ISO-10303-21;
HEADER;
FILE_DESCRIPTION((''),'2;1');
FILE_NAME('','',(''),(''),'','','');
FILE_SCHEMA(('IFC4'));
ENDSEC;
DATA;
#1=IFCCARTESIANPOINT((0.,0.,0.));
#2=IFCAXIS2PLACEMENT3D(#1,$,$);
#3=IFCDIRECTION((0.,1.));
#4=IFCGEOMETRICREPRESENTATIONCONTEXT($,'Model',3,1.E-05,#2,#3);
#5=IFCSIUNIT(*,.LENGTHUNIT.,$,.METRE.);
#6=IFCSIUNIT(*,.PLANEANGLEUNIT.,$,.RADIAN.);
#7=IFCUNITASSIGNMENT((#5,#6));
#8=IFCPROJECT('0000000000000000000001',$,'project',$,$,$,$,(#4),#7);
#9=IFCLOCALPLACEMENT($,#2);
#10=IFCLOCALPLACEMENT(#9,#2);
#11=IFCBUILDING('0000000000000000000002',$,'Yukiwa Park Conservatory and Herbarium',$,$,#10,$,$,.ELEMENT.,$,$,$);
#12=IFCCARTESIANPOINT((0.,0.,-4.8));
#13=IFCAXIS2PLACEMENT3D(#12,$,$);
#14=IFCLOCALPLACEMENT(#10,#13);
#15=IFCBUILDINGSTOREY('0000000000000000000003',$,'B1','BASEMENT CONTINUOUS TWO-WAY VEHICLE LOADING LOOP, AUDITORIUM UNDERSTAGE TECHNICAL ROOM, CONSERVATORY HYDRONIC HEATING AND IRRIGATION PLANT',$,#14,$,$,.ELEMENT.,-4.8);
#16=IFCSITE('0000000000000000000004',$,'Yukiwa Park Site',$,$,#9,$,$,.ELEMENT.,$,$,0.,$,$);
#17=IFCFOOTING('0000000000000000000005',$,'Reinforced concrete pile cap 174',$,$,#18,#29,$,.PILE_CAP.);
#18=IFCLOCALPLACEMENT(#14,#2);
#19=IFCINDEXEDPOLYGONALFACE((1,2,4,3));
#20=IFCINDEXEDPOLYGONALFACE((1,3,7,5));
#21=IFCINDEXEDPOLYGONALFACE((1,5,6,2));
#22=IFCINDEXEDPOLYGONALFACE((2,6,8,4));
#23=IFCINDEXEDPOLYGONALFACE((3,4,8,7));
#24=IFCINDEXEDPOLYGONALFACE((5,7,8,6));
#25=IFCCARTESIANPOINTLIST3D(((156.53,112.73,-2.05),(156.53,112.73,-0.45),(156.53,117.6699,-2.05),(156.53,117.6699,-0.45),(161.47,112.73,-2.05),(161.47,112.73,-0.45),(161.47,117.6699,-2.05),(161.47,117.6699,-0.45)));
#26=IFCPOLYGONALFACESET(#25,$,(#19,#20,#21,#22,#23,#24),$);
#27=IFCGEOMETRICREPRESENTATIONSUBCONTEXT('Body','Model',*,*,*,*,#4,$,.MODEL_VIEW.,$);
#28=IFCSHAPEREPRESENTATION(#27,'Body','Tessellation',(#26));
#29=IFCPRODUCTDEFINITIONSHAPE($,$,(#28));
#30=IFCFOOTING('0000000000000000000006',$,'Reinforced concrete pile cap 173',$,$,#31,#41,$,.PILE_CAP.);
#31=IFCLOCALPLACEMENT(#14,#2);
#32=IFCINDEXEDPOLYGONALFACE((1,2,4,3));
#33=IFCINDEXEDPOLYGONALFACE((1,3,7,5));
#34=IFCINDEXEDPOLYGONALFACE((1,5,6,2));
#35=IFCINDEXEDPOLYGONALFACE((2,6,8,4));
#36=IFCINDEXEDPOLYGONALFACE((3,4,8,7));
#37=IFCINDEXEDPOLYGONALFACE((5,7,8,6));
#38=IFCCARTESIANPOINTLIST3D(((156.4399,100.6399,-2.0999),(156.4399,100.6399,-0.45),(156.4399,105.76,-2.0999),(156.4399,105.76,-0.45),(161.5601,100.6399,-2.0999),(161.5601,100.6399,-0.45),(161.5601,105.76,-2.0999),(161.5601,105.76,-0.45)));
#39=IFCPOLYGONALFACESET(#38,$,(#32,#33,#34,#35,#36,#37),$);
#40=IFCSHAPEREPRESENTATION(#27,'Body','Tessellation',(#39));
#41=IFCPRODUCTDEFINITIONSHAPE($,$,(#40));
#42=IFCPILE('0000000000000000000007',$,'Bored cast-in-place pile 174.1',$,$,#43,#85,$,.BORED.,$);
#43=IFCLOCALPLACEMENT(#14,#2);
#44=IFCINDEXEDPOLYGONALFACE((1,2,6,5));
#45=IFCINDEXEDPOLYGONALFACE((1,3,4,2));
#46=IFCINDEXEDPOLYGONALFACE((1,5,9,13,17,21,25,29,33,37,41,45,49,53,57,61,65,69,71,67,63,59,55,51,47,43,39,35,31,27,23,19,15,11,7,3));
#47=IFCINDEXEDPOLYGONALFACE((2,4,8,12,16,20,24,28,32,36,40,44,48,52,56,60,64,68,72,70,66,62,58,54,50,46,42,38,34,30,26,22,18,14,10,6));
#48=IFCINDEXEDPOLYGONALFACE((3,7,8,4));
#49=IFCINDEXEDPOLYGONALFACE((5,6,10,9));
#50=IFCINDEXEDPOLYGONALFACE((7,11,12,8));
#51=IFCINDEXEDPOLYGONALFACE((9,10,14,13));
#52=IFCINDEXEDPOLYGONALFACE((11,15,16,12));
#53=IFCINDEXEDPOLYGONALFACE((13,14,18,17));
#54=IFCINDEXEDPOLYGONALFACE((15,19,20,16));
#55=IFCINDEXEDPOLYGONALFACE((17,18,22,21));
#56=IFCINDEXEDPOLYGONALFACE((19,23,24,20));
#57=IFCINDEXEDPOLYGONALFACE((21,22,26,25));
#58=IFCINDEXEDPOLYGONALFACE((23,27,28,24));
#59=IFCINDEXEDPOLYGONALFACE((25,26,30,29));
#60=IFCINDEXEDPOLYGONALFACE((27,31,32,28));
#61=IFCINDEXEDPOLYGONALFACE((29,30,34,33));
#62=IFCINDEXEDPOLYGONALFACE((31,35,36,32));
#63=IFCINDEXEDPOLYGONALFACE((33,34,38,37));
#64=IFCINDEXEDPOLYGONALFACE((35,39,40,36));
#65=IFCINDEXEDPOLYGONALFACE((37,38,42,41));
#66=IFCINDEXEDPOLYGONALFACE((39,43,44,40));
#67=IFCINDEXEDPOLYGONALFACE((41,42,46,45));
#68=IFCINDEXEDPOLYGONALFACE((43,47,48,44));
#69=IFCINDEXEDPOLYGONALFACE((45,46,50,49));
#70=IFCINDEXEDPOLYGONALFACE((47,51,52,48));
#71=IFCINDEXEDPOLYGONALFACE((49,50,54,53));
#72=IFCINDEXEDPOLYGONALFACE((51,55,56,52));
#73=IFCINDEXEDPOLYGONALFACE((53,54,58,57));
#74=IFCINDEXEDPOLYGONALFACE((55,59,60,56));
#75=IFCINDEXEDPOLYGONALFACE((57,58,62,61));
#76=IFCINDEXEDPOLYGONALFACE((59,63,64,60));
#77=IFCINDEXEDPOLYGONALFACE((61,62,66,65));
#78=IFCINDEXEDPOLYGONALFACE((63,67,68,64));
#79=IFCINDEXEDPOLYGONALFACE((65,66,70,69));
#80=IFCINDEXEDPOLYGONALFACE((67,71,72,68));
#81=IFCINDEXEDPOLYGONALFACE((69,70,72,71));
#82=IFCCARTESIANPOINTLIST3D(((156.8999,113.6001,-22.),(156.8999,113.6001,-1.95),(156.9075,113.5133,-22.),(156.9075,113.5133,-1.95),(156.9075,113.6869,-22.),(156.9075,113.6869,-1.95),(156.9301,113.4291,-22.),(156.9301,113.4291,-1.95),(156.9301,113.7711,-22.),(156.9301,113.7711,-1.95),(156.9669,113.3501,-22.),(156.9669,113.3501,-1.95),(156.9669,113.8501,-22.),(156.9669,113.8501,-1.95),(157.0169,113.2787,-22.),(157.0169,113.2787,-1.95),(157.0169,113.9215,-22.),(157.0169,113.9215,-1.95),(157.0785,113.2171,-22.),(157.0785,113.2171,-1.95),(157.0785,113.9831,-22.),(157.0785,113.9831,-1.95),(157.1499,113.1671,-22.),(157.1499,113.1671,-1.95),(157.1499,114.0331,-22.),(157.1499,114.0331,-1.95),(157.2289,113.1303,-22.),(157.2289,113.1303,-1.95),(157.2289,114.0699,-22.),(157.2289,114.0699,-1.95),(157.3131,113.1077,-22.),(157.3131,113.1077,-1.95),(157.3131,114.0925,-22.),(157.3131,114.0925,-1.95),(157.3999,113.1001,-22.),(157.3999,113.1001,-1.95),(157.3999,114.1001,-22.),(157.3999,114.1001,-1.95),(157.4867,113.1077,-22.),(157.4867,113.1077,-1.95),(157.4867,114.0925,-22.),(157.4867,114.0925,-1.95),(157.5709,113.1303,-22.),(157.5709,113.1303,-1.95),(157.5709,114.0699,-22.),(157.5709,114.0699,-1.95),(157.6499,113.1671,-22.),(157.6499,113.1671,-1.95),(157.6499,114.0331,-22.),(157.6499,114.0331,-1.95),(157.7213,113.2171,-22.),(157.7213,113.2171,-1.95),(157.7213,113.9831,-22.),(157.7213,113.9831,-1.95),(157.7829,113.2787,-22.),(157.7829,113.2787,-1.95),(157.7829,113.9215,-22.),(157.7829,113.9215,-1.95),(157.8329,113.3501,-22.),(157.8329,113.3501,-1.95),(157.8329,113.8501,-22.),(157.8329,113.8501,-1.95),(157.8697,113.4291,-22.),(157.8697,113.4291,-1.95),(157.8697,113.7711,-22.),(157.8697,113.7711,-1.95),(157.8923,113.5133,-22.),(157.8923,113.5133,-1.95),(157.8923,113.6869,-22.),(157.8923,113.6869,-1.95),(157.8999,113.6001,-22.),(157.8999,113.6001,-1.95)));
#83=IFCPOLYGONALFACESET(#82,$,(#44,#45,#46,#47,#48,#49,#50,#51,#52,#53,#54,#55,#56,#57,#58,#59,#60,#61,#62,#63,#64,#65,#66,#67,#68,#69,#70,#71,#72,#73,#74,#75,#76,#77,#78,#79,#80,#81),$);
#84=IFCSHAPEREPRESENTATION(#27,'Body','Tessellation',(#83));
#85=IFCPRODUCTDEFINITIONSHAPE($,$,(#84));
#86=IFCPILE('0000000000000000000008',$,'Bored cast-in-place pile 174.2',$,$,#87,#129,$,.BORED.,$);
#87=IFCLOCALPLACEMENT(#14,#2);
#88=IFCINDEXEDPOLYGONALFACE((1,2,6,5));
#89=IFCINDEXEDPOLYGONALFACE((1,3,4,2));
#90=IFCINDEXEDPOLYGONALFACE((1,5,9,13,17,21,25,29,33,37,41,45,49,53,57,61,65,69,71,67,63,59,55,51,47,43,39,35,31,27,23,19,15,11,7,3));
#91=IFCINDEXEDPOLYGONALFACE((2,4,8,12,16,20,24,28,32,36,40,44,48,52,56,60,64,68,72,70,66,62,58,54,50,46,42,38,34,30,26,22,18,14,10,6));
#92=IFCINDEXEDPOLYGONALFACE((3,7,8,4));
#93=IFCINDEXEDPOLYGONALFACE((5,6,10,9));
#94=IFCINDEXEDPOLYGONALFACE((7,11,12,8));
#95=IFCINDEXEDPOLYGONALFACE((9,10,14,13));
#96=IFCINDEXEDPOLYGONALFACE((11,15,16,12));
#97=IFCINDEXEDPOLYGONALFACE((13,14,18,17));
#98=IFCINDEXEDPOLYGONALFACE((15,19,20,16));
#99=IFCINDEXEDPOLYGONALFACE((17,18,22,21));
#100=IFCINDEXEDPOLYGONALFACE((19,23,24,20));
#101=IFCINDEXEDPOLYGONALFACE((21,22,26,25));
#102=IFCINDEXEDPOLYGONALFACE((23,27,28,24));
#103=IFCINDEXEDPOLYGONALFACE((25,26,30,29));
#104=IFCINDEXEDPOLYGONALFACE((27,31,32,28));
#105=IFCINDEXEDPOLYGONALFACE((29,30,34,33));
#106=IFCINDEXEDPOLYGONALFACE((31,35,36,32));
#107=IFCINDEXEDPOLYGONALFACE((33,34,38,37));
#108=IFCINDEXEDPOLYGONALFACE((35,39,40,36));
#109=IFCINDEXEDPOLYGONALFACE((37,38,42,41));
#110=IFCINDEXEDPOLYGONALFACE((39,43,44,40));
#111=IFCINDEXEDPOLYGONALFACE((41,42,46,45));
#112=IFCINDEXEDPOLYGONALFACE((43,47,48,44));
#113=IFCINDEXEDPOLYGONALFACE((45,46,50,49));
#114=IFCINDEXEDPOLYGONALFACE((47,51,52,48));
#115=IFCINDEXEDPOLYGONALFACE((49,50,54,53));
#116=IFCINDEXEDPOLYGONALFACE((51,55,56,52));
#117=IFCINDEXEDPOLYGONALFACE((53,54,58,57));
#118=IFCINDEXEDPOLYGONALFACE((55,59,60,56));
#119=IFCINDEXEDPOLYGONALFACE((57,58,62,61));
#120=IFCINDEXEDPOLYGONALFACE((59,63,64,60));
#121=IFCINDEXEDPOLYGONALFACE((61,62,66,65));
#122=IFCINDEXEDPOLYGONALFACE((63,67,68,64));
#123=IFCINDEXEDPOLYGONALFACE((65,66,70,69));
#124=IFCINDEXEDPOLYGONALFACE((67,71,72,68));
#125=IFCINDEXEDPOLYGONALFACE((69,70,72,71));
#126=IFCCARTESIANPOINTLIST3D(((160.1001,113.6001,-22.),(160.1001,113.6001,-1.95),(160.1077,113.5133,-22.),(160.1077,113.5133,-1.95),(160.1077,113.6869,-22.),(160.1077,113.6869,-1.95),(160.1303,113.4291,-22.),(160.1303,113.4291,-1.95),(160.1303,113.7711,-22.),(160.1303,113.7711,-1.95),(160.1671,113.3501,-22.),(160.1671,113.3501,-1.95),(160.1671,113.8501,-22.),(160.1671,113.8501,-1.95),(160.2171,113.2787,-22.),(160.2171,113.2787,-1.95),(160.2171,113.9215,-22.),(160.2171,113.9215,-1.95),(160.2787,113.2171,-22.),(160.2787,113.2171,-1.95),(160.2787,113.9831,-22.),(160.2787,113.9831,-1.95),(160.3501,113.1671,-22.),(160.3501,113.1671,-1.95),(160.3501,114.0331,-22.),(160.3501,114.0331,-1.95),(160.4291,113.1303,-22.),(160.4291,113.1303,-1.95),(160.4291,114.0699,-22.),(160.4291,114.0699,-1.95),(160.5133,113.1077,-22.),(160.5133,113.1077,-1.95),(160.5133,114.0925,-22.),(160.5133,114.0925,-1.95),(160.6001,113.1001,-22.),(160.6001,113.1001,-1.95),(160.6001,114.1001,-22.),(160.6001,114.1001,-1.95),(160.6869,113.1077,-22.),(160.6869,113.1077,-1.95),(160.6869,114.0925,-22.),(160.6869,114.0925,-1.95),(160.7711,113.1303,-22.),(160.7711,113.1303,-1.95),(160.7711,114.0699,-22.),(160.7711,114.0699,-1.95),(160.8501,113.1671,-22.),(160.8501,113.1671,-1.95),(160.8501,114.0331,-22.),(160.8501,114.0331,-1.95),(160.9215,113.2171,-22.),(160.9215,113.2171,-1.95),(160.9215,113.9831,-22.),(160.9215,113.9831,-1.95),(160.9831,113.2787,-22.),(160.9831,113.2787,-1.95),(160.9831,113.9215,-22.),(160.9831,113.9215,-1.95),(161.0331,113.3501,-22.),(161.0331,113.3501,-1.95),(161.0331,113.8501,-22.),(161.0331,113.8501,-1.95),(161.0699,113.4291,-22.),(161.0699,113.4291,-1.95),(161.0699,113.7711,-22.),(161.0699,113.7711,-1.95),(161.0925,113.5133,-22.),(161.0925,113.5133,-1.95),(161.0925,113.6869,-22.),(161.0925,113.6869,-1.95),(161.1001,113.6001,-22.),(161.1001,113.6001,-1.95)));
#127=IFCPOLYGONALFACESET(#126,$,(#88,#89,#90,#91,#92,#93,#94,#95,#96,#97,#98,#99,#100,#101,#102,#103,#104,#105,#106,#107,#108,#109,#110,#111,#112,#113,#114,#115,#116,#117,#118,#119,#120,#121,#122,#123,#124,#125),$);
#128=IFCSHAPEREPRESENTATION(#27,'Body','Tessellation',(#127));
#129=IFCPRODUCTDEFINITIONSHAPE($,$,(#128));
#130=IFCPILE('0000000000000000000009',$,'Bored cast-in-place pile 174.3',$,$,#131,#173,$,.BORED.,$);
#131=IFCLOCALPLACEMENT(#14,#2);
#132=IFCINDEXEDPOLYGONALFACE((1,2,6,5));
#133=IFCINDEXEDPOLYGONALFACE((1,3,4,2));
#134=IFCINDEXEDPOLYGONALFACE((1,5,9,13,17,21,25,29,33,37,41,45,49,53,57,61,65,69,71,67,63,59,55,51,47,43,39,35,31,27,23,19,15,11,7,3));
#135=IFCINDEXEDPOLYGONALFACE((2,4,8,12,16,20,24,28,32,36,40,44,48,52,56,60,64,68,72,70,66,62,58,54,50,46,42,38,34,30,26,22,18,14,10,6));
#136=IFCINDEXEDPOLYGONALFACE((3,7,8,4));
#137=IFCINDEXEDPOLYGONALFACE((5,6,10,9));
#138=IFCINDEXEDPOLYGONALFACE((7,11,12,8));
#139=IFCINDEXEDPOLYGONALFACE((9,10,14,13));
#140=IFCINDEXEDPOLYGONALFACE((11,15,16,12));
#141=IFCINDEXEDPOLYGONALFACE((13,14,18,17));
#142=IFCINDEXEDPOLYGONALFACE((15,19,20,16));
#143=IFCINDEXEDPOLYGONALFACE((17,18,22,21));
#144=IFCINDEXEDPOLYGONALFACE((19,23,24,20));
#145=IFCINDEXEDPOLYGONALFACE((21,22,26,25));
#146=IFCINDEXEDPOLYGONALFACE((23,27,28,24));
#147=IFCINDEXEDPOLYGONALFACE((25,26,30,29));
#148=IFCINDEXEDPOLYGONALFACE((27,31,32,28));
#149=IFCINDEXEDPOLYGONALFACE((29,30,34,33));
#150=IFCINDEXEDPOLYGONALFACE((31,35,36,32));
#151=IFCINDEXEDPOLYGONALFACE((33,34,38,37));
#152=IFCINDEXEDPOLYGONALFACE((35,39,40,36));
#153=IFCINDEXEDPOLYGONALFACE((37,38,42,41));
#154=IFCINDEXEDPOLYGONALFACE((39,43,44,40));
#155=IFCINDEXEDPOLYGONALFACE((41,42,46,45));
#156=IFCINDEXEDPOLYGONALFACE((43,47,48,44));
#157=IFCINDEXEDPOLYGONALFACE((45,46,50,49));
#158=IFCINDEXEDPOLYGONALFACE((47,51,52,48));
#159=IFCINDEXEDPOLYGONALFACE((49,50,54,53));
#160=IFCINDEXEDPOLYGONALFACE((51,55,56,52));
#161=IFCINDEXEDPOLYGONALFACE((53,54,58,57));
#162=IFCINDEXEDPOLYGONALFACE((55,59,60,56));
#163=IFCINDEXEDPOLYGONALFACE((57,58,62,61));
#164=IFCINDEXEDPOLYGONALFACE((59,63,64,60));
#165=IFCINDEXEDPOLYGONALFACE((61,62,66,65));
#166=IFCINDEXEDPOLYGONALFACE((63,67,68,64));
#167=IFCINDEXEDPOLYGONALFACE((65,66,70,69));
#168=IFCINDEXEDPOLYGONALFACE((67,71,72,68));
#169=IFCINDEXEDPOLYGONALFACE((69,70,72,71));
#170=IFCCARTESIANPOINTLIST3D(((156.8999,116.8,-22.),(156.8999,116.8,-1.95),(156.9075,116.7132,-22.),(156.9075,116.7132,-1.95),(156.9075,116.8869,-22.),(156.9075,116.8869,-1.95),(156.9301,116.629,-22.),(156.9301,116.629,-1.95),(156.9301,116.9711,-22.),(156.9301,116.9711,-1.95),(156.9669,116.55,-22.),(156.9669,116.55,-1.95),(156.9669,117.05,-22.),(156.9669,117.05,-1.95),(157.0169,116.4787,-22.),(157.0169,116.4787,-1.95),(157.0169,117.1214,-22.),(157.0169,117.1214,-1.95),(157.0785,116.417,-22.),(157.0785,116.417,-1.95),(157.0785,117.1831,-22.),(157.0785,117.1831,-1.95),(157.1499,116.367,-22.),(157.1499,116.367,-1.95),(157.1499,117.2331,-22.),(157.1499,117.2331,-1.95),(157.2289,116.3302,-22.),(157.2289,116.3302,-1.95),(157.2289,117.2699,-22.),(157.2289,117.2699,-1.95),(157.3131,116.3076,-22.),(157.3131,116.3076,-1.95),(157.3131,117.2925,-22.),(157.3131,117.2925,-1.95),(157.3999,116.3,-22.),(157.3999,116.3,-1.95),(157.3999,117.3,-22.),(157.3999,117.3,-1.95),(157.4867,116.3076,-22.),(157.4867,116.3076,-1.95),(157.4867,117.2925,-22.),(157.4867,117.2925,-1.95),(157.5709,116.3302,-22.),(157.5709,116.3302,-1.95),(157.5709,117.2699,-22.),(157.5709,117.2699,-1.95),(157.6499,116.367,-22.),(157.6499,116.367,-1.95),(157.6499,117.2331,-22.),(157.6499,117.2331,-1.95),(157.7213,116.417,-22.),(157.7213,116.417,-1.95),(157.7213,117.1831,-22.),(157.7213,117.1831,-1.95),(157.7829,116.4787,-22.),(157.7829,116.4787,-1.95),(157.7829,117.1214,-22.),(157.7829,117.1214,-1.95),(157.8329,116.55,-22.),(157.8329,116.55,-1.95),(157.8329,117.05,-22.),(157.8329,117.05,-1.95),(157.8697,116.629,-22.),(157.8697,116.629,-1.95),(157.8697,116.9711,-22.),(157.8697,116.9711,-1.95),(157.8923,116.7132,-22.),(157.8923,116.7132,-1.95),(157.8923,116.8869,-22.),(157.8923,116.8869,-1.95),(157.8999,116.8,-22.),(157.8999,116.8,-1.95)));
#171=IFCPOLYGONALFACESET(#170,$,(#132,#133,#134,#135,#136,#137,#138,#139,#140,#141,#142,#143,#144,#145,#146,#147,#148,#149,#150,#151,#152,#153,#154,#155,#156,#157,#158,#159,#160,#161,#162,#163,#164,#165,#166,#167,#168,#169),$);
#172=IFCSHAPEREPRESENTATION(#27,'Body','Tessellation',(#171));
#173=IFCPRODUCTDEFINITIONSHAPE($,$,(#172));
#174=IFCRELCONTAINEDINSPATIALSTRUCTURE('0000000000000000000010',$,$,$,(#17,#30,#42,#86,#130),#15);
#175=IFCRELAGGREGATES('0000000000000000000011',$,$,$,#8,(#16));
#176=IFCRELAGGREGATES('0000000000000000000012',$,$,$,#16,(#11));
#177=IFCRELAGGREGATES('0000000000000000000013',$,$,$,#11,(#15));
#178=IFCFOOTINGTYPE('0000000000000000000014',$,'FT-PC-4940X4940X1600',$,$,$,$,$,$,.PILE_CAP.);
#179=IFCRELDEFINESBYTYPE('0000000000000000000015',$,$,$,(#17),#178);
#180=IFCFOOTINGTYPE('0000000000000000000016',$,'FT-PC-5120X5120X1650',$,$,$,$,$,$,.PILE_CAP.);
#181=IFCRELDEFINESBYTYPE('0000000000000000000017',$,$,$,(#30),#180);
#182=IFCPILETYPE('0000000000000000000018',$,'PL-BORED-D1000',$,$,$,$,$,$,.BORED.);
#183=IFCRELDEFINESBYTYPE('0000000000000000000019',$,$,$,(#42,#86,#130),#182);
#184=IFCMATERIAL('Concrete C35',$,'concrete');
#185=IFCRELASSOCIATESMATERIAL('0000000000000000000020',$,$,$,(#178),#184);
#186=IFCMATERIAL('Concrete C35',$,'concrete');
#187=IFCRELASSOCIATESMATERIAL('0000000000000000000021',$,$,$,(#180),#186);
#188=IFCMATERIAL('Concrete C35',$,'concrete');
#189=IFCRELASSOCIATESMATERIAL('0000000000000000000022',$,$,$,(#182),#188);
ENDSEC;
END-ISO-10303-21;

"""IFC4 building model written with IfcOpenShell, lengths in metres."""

from ifc_helpers import new_model, si_unit, direction, frame, origin, origin_2d, place, context, subcontext, project, spatial, rectangle, circle, extrude, material, material_profile, profile_set, type_object, element, save


model = new_model("IFC4")

# Units and contexts
model_context = context("Model", 3, precision=1e-05, world=origin(), true_north=direction((0.0, 1.0)))
body_context = subcontext(model_context, "Body", "Model", "MODEL_VIEW")
ifc_project = project(units=[si_unit("LENGTHUNIT", "METRE"), si_unit("PLANEANGLEUNIT", "RADIAN")], contexts=[model_context])

# Site, building, storey
site_placement = place(None, origin())
site = spatial("IfcSite", under=ifc_project, at=site_placement, Name="Yukiwa Park Site", CompositionType="ELEMENT", RefElevation=0.0)
building_placement = place(site_placement, origin())
building = spatial("IfcBuilding", under=site, at=building_placement, Name="Yukiwa Park Conservatory and Herbarium", CompositionType="ELEMENT")
storey_placement = place(building_placement, frame((0.0, 0.0, -4.8)))
storey = spatial("IfcBuildingStorey", under=building, at=storey_placement, Name="B1", Description="BASEMENT CONTINUOUS TWO-WAY VEHICLE LOADING LOOP, AUDITORIUM UNDERSTAGE TECHNICAL ROOM, CONSERVATORY HYDRONIC HEATING AND IRRIGATION PLANT", CompositionType="ELEMENT", Elevation=-4.8)

# Footings
ifc_material_1 = material(Name="Concrete C35", Category="concrete")
footing_type_1 = type_object("IfcFootingType", Name="FT-PC-4940X4940X1600", PredefinedType="PILE_CAP", material=ifc_material_1)
footing_1_placement = place(storey_placement, frame((159.0, 115.2, -2.05), z_axis=(0.0, 0.0, 1.0), x_axis=(1.0, 0.0, 0.0)))
element("IfcFooting", 1, at=footing_1_placement, inside=storey, type_object=footing_type_1, Name="Reinforced concrete pile cap 174", PredefinedType="PILE_CAP", context=body_context, shape_type="SweptSolid", body=[
    extrude(rectangle(XDim=4.9399, YDim=4.9399, at=origin_2d()), origin(), (0.0, 0.0, 1.0), 1.6001),
])
ifc_material_2 = material(Name="Concrete C35", Category="concrete")
footing_type_2 = type_object("IfcFootingType", Name="FT-PC-5120X5120X1650", PredefinedType="PILE_CAP", material=ifc_material_2)
footing_2_placement = place(storey_placement, frame((159.0, 103.2, -2.0999), z_axis=(0.0, 0.0, 1.0), x_axis=(1.0, 0.0, 0.0)))
element("IfcFooting", 2, at=footing_2_placement, inside=storey, type_object=footing_type_2, Name="Reinforced concrete pile cap 173", PredefinedType="PILE_CAP", context=body_context, shape_type="SweptSolid", body=[
    extrude(rectangle(XDim=5.1201, YDim=5.1201, at=origin_2d()), origin(), (0.0, 0.0, 1.0), 1.6499),
])

# Piles
ifc_material_3 = material(Name="Concrete C35", Category="concrete")
ifc_material_profile_1 = material_profile(ifc_material_3, circle(Radius=0.5, at=origin_2d()), Name="PILE D1000")
ifc_profile_set_1 = profile_set([ifc_material_profile_1], Name="Concrete C35")
pile_type_1 = type_object("IfcPileType", Name="PL-BORED-D1000", PredefinedType="BORED", material=ifc_profile_set_1)
for number, where, z_axis, x_axis, name in (
    (3, (157.3999, 113.6001, -1.95), (0.0, 0.0, -1.0), (1.0, 0.0, 0.0), "Bored cast-in-place pile 174.1"),
    (4, (160.6001, 113.6001, -1.95), (0.0, 0.0, -1.0), (1.0, 0.0, 0.0), "Bored cast-in-place pile 174.2"),
    (5, (157.3999, 116.8, -1.95), (0.0, 0.0, -1.0), (1.0, 0.0, 0.0), "Bored cast-in-place pile 174.3"),
):
    element("IfcPile", number, at=place(storey_placement, frame(where, z_axis=z_axis, x_axis=x_axis)), inside=storey, type_object=pile_type_1, Name=name, PredefinedType="BORED", context=body_context, shape_type="SweptSolid", body=[
        extrude(circle(Radius=0.5, at=origin_2d()), origin(), (0.0, 0.0, 1.0), 20.05),
    ])

save(model, "model.ifc")
